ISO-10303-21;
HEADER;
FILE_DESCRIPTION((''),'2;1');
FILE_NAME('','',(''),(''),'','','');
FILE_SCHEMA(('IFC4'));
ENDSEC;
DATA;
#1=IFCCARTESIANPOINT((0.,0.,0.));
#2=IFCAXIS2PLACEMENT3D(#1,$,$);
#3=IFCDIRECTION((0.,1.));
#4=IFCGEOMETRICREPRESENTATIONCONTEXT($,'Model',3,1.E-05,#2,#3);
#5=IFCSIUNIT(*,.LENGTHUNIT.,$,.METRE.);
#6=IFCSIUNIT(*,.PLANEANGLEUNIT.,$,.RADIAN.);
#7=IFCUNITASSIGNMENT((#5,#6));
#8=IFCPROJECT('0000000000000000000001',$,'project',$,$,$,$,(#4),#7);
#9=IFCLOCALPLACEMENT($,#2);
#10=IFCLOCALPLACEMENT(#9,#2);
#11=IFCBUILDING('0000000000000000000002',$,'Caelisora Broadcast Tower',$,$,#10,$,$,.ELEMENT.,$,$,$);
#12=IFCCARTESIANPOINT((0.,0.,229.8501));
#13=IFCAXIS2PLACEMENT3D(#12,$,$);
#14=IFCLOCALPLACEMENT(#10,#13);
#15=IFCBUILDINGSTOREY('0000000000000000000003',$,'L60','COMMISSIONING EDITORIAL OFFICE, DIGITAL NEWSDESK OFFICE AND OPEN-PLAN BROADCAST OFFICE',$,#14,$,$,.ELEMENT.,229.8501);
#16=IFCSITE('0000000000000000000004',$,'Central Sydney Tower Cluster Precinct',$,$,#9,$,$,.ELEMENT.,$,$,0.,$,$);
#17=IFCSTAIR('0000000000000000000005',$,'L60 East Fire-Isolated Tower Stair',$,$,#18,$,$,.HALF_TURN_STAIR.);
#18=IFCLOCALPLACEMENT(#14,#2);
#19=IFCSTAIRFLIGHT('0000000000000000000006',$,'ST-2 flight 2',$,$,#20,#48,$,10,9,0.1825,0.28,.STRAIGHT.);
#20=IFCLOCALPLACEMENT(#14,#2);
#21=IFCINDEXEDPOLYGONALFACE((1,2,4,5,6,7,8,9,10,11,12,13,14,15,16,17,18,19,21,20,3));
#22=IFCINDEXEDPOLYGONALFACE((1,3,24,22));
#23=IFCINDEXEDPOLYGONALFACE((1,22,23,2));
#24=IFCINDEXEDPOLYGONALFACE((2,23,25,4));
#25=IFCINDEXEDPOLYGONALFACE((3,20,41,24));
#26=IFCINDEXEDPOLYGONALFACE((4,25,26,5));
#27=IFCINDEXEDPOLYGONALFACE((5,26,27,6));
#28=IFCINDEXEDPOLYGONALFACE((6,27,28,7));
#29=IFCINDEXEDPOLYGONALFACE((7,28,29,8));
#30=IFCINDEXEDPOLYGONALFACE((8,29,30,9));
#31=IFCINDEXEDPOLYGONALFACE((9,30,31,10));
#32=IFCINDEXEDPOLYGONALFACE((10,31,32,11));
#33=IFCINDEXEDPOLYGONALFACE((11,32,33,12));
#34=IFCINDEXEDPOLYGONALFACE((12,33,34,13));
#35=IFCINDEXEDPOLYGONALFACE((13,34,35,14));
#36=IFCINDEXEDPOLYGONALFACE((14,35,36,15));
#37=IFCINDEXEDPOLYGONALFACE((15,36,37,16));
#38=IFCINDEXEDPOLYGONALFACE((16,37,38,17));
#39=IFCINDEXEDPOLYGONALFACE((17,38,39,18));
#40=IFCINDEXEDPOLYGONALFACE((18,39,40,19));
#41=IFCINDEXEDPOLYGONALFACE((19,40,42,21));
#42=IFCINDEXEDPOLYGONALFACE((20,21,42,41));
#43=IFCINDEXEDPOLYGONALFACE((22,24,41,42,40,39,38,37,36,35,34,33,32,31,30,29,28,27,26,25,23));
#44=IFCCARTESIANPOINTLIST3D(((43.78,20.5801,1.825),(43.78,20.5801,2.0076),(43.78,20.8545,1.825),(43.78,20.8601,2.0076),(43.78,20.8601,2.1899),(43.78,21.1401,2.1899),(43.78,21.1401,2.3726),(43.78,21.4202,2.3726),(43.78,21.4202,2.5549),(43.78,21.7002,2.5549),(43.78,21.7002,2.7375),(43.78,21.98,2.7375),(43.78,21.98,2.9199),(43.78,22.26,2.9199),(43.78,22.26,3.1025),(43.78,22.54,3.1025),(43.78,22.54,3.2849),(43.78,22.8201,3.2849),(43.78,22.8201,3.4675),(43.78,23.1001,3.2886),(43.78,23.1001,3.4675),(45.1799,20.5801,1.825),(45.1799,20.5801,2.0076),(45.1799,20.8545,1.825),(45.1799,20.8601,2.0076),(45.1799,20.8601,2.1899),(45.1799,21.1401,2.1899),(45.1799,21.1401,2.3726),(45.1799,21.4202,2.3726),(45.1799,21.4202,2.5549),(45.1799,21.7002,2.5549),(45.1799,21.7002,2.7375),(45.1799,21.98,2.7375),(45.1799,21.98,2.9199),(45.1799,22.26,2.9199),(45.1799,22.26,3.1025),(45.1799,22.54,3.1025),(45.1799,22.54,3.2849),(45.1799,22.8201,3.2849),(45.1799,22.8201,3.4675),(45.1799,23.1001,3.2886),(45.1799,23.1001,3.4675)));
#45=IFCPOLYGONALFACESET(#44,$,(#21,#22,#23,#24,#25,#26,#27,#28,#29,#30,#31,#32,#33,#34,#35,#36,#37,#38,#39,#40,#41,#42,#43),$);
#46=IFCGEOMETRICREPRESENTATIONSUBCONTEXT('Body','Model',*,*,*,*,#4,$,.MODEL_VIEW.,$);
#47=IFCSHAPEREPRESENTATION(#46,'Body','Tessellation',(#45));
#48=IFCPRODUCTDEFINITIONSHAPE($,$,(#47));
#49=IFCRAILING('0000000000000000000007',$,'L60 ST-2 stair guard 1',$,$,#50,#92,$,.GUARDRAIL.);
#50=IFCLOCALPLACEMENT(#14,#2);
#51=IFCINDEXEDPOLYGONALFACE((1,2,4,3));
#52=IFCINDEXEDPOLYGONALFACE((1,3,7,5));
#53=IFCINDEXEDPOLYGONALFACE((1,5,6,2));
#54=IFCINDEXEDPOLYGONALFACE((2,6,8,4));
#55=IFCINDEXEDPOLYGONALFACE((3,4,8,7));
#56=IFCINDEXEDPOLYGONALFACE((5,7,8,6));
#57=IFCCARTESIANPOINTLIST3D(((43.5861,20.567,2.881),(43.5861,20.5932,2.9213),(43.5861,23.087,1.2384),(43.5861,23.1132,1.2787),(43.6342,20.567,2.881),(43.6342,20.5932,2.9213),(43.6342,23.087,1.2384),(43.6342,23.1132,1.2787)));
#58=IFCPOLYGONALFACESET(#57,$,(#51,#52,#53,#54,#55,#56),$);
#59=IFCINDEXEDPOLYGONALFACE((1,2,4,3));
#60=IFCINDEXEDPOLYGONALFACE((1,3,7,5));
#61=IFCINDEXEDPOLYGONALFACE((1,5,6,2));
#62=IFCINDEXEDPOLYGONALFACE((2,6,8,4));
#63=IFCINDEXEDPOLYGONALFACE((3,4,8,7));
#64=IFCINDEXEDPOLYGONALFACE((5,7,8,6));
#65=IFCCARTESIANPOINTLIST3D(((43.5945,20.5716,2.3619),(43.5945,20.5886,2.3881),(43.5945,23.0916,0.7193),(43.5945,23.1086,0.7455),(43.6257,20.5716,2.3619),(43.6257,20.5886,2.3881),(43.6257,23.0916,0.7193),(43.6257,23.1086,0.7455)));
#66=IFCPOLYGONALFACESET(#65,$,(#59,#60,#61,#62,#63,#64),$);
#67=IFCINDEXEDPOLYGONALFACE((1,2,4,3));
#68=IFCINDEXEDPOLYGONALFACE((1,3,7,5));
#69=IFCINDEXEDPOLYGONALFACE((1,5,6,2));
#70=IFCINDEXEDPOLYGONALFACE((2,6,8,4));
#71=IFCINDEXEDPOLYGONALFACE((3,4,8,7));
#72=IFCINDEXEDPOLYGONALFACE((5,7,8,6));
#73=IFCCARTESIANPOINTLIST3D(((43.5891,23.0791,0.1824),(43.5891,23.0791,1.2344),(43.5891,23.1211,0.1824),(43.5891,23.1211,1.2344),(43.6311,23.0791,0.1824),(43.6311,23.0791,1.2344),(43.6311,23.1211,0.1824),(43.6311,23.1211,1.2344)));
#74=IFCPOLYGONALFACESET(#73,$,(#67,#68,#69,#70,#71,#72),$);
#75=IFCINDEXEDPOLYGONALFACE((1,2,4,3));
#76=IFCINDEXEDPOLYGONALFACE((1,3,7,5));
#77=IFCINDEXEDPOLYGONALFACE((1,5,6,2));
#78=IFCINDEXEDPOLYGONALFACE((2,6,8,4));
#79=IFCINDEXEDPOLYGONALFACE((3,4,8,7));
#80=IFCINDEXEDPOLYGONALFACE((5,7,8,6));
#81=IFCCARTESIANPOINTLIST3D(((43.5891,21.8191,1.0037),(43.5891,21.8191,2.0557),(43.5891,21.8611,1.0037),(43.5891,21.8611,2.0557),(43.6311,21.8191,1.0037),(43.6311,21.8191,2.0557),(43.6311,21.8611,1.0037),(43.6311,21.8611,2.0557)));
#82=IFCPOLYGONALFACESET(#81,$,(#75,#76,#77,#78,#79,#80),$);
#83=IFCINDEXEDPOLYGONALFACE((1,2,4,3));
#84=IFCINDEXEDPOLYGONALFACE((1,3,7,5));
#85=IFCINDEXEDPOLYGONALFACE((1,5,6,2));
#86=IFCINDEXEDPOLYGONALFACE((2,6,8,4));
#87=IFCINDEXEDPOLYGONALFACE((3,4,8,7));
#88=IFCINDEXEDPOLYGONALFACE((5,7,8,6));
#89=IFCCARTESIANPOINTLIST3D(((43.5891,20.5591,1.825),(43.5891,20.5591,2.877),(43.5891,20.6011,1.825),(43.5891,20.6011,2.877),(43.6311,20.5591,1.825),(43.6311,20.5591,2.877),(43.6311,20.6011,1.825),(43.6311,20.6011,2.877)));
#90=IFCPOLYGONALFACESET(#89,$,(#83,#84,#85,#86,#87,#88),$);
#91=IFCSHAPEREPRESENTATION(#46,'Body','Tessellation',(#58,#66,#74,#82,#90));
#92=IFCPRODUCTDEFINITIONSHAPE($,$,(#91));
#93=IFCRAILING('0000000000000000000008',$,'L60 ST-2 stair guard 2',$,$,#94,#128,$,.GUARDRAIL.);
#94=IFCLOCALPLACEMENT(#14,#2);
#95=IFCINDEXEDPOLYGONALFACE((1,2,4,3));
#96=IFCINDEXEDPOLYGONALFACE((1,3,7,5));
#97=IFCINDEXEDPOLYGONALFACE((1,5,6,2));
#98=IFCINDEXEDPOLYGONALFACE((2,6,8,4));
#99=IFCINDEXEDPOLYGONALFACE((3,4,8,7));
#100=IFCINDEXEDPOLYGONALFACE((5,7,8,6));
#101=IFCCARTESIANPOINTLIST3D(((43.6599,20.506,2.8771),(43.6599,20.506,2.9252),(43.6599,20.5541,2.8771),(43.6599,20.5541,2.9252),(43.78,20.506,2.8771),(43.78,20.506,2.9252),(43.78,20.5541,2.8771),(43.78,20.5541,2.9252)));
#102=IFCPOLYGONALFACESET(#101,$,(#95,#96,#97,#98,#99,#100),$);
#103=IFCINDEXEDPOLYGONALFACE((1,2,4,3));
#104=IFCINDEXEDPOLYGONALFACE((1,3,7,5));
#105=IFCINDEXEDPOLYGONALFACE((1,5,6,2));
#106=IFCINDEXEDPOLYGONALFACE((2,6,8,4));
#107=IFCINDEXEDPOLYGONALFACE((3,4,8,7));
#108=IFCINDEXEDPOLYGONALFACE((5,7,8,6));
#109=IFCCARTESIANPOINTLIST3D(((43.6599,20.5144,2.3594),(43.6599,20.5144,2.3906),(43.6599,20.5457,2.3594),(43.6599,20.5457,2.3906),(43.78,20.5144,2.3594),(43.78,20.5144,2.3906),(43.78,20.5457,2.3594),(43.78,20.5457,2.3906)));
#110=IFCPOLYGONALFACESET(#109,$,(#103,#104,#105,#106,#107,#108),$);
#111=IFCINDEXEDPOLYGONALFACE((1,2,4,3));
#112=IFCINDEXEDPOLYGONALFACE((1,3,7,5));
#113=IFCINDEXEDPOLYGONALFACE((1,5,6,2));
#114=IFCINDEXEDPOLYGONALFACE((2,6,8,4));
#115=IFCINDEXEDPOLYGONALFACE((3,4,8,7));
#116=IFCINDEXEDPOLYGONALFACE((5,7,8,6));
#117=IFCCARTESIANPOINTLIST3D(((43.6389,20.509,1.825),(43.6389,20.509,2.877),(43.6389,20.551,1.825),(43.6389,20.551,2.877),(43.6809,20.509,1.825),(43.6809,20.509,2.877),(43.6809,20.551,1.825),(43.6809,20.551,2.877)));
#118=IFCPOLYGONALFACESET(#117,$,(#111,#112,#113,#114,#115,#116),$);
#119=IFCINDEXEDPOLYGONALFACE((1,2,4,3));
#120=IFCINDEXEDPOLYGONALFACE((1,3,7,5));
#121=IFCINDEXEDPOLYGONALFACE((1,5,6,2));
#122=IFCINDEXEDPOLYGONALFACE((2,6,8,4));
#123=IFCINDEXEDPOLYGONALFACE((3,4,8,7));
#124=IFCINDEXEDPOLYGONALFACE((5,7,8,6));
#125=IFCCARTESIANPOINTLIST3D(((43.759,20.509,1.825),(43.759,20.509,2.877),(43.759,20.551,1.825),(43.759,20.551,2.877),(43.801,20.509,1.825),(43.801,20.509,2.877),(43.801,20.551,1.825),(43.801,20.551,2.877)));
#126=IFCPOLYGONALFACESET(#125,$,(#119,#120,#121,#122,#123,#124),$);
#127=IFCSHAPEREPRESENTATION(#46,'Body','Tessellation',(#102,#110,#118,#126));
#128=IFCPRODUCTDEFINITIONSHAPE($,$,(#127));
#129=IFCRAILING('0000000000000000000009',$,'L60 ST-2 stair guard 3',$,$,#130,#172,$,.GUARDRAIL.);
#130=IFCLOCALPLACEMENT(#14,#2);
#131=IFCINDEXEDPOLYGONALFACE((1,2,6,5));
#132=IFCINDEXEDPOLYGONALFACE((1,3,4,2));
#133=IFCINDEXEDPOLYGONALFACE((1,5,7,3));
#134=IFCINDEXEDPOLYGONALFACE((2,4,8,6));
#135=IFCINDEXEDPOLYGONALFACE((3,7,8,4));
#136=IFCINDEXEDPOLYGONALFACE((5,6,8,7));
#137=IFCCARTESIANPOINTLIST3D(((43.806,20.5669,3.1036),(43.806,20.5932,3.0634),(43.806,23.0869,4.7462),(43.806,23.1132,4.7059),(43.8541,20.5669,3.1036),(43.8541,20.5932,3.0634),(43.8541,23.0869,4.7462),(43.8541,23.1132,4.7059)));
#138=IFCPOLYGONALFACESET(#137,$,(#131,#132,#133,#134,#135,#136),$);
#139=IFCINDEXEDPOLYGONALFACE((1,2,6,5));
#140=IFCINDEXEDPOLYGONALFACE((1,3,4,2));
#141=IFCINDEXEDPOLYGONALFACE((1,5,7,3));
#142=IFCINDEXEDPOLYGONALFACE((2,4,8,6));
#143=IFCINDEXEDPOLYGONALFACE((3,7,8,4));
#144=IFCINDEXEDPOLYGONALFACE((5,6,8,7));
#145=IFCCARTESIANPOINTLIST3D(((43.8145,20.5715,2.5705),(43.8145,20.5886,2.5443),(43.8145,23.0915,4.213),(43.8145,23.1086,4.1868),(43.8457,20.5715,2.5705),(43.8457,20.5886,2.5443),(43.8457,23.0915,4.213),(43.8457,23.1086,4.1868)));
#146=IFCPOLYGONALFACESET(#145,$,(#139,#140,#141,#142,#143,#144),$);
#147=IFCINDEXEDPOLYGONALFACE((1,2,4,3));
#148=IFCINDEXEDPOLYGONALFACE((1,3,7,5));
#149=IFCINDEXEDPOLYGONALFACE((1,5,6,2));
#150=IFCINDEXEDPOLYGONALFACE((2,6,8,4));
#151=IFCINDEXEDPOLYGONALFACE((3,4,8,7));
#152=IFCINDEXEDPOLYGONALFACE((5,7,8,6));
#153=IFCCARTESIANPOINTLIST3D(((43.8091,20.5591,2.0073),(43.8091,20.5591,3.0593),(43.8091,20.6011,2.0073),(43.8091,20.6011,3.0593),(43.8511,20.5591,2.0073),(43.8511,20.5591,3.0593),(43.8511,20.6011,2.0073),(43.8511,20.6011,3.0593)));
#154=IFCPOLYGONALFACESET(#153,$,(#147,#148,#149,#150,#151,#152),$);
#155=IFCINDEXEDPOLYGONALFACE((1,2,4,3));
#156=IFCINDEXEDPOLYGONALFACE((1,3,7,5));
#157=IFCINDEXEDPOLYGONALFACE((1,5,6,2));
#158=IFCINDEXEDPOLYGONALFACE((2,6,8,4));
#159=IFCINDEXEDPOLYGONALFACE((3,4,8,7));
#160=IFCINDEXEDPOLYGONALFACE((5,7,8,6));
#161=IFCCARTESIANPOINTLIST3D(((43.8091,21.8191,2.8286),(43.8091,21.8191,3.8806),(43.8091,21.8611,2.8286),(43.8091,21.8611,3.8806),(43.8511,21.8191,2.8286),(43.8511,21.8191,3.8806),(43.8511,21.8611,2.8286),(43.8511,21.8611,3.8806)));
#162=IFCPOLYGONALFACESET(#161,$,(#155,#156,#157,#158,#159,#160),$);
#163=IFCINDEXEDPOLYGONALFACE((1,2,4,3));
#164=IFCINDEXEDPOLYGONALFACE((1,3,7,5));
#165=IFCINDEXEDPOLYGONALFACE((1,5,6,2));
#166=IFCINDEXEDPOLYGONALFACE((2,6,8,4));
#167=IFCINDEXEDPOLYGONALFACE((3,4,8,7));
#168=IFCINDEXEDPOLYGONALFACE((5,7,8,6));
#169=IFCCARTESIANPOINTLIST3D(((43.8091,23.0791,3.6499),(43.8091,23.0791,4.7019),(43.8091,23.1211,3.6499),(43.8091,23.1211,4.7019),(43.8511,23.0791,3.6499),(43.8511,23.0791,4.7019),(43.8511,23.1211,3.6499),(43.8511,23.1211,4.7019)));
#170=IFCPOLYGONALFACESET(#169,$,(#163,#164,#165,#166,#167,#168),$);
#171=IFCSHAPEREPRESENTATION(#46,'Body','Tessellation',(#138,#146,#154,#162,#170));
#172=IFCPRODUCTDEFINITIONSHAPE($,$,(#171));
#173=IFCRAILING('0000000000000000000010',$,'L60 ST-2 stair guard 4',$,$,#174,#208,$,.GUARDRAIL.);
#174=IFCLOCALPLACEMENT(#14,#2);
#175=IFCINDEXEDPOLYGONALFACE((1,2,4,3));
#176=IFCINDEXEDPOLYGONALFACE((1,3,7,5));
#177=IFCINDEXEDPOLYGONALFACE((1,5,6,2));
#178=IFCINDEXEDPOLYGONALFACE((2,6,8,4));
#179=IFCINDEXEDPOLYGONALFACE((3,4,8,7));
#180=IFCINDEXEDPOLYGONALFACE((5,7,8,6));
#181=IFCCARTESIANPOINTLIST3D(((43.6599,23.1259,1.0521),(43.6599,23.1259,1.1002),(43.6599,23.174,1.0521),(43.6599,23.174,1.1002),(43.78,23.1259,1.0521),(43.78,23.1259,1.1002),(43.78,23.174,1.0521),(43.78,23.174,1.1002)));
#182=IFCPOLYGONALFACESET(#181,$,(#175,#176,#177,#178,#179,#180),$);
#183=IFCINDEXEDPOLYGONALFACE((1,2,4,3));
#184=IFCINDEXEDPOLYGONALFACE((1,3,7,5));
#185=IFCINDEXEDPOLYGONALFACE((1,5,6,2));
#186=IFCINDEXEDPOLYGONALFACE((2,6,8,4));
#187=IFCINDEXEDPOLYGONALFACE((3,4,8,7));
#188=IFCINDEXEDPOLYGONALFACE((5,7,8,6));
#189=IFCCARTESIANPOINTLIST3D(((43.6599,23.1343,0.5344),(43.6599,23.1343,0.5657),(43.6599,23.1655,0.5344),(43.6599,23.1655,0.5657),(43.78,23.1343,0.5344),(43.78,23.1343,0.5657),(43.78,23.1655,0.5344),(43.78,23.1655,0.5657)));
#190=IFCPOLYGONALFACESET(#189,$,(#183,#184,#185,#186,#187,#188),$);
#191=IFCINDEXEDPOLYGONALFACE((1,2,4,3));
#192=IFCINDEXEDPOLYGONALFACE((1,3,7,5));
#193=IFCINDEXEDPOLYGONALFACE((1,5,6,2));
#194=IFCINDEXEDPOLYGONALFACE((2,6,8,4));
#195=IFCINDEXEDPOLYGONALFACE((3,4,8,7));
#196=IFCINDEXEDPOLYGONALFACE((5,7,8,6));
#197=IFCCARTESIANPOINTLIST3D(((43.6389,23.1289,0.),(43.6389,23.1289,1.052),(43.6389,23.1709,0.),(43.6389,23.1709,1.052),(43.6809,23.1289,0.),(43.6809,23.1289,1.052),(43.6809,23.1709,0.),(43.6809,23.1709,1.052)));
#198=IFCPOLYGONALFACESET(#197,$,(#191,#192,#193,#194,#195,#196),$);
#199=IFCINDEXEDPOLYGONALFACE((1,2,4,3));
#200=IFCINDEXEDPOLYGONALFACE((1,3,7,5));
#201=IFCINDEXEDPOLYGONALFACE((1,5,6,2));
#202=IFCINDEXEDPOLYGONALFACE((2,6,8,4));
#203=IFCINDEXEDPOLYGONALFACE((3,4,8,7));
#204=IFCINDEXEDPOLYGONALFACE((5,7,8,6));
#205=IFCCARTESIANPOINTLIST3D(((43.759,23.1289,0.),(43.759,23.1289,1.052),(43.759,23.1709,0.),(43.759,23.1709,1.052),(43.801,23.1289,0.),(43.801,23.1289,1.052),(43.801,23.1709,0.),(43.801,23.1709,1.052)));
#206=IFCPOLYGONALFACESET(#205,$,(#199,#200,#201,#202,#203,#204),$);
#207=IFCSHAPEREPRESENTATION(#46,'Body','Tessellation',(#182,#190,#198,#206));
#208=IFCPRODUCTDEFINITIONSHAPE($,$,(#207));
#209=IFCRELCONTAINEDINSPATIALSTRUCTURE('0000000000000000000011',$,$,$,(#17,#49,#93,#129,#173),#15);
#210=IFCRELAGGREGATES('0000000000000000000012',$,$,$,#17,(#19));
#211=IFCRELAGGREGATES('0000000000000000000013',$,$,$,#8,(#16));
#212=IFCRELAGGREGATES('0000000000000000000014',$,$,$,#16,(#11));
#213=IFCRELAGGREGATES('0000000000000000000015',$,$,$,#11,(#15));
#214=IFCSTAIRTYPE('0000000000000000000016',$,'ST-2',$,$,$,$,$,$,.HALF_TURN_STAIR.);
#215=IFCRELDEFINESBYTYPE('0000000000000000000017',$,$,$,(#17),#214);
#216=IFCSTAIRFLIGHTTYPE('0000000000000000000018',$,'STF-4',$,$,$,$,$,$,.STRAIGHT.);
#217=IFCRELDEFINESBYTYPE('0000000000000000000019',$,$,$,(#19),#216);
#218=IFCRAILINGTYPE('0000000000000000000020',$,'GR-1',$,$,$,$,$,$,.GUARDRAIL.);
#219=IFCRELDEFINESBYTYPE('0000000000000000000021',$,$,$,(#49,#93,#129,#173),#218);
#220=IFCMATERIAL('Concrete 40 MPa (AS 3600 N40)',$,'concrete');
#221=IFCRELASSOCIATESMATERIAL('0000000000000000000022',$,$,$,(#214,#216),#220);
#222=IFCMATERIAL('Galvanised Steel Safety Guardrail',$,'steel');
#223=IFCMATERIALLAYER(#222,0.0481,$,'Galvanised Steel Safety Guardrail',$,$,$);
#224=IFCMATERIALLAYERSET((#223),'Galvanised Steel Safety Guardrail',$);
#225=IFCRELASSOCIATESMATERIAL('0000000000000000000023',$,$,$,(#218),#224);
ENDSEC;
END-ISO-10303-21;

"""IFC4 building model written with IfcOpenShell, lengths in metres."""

from ifc_helpers import new_model, si_unit, direction, frame, origin, origin_2d, place, context, subcontext, project, spatial, polyline, rectangle, outline, extrude, material, layer, layer_set, type_object, element, aggregate, save


model = new_model("IFC4")

# Units and contexts
model_context = context("Model", 3, precision=1e-05, world=origin(), true_north=direction((0.0, 1.0)))
body_context = subcontext(model_context, "Body", "Model", "MODEL_VIEW")
ifc_project = project(units=[si_unit("LENGTHUNIT", "METRE"), si_unit("PLANEANGLEUNIT", "RADIAN")], contexts=[model_context])

# Site, building, storey
site_placement = place(None, origin())
site = spatial("IfcSite", under=ifc_project, at=site_placement, Name="Central Sydney Tower Cluster Precinct", CompositionType="ELEMENT", RefElevation=0.0)
building_placement = place(site_placement, origin())
building = spatial("IfcBuilding", under=site, at=building_placement, Name="Caelisora Broadcast Tower", CompositionType="ELEMENT")
storey_placement = place(building_placement, frame((0.0, 0.0, 229.8501)))
storey = spatial("IfcBuildingStorey", under=building, at=storey_placement, Name="L60", Description="COMMISSIONING EDITORIAL OFFICE, DIGITAL NEWSDESK OFFICE AND OPEN-PLAN BROADCAST OFFICE", CompositionType="ELEMENT", Elevation=229.8501)

# Shared definitions
ifc_material_1 = material(Name="Concrete 40 MPa (AS 3600 N40)", Category="concrete")

# Stair, stair flight
stair_type = type_object("IfcStairType", Name="ST-2", PredefinedType="HALF_TURN_STAIR", material=ifc_material_1)
stair_placement = place(storey_placement, origin())
stair = element("IfcStair", 1, at=stair_placement, inside=storey, type_object=stair_type, Name="L60 East Fire-Isolated Tower Stair", PredefinedType="HALF_TURN_STAIR")
stair_flight_type = type_object("IfcStairFlightType", Name="STF-4", PredefinedType="STRAIGHT", material=ifc_material_1)
stair_flight_1_placement = place(storey_placement, frame((44.48, 20.5801, 1.825), z_axis=(0.0, 0.0, 1.0), x_axis=(0.0, 1.0, 0.0)))
stair_flight_1 = element("IfcStairFlight", 2, at=stair_flight_1_placement, type_object=stair_flight_type, Name="ST-2 flight 2", NumberOfRisers=10, NumberOfTreads=9, PredefinedType="STRAIGHT", RiserHeight=0.1825, TreadLength=0.28, context=body_context, shape_type="SweptSolid", body=[
    extrude(outline(polyline([(0.0, 0.0), (0.0, 0.1826), (0.28, 0.1826), (0.28, 0.365), (0.5601, 0.365), (0.5601, 0.5476), (0.8401, 0.5476), (0.8401, 0.73), (1.1201, 0.73), (1.1201, 0.9126), (1.3999, 0.9126), (1.3999, 1.095), (1.6799, 1.095), (1.6799, 1.2776), (1.96, 1.2776), (1.96, 1.46), (2.24, 1.46), (2.24, 1.6426), (2.52, 1.6426), (2.52, 1.825), (2.52, 1.4636), (0.2744, 0.0), (0.0, 0.0)])), frame((0.0, 0.7, 0.0), z_axis=(0.0, -1.0, 0.0), x_axis=(1.0, 0.0, 0.0)), (0.0, 0.0, 1.0), 1.3999),
])
aggregate(stair, [stair_flight_1])

# Railings
ifc_material_2 = material(Name="Galvanised Steel Safety Guardrail", Category="steel")
ifc_layer_1 = layer(ifc_material_2, 0.0481, Name="Galvanised Steel Safety Guardrail")
ifc_layer_set_1 = layer_set([ifc_layer_1], Name="Galvanised Steel Safety Guardrail")
railing_type_1 = type_object("IfcRailingType", Name="GR-1", PredefinedType="GUARDRAIL", material=ifc_layer_set_1)
railing_1_placement = place(storey_placement, frame((43.6101, 23.1001, 0.1824)))
element("IfcRailing", 3, at=railing_1_placement, inside=storey, type_object=railing_type_1, Name="L60 ST-2 stair guard 1", PredefinedType="GUARDRAIL", context=body_context, shape_type="SweptSolid", body=[
    extrude(rectangle(XDim=0.0481, YDim=0.0481, at=origin_2d()), frame((0.0, 0.0, 1.0762), z_axis=(0.0, -0.837749, 0.546055), x_axis=(1.0, 0.0, 0.0)), (0.0, 0.0, 1.0), 3.0081),
    extrude(rectangle(XDim=0.0312, YDim=0.0312, at=origin_2d()), frame((0.0, 0.0, 0.55), z_axis=(0.0, -0.837749, 0.546055), x_axis=(1.0, 0.0, 0.0)), (0.0, 0.0, 1.0), 3.0081),
    extrude(rectangle(XDim=0.042, YDim=0.042, at=origin_2d()), origin(), (0.0, 0.0, 1.0), 1.052),
    extrude(rectangle(XDim=0.042, YDim=0.042, at=origin_2d()), frame((0.0, -1.26, 0.8213)), (0.0, 0.0, 1.0), 1.052),
    extrude(rectangle(XDim=0.042, YDim=0.042, at=origin_2d()), frame((0.0, -2.52, 1.6426)), (0.0, 0.0, 1.0), 1.052),
])
railing_2_placement = place(storey_placement, frame((43.6599, 20.53, 1.825)))
element("IfcRailing", 4, at=railing_2_placement, inside=storey, type_object=railing_type_1, Name="L60 ST-2 stair guard 2", PredefinedType="GUARDRAIL", context=body_context, shape_type="SweptSolid", body=[
    extrude(rectangle(XDim=0.0481, YDim=0.0481, at=origin_2d()), frame((0.0, 0.0, 1.0762), z_axis=(1.0, 0.0, 0.0), x_axis=(0.0, 1.0, 0.0)), (0.0, 0.0, 1.0), 0.1201),
    extrude(rectangle(XDim=0.0312, YDim=0.0312, at=origin_2d()), frame((0.0, 0.0, 0.55), z_axis=(1.0, 0.0, 0.0), x_axis=(0.0, 1.0, 0.0)), (0.0, 0.0, 1.0), 0.1201),
    extrude(rectangle(XDim=0.042, YDim=0.042, at=origin_2d()), origin(), (0.0, 0.0, 1.0), 1.052),
    extrude(rectangle(XDim=0.042, YDim=0.042, at=origin_2d()), frame((0.1201, 0.0, 0.0)), (0.0, 0.0, 1.0), 1.052),
])
railing_3_placement = place(storey_placement, frame((43.8301, 20.5801, 2.0073)))
element("IfcRailing", 5, at=railing_3_placement, inside=storey, type_object=railing_type_1, Name="L60 ST-2 stair guard 3", PredefinedType="GUARDRAIL", context=body_context, shape_type="SweptSolid", body=[
    extrude(rectangle(XDim=0.0481, YDim=0.0481, at=origin_2d()), frame((0.0, 0.0, 1.0762), z_axis=(0.0, 0.837749, 0.546055), x_axis=(-1.0, 0.0, 0.0)), (0.0, 0.0, 1.0), 3.0081),
    extrude(rectangle(XDim=0.0312, YDim=0.0312, at=origin_2d()), frame((0.0, 0.0, 0.55), z_axis=(0.0, 0.837749, 0.546055), x_axis=(-1.0, 0.0, 0.0)), (0.0, 0.0, 1.0), 3.0081),
    extrude(rectangle(XDim=0.042, YDim=0.042, at=origin_2d()), origin(), (0.0, 0.0, 1.0), 1.052),
    extrude(rectangle(XDim=0.042, YDim=0.042, at=origin_2d()), frame((0.0, 1.26, 0.8213)), (0.0, 0.0, 1.0), 1.052),
    extrude(rectangle(XDim=0.042, YDim=0.042, at=origin_2d()), frame((0.0, 2.52, 1.6426)), (0.0, 0.0, 1.0), 1.052),
])
railing_4_placement = place(storey_placement, frame((43.6599, 23.1499, 0.0)))
element("IfcRailing", 6, at=railing_4_placement, inside=storey, type_object=railing_type_1, Name="L60 ST-2 stair guard 4", PredefinedType="GUARDRAIL", context=body_context, shape_type="SweptSolid", body=[
    extrude(rectangle(XDim=0.0481, YDim=0.0481, at=origin_2d()), frame((0.0, 0.0, 1.0762), z_axis=(1.0, 0.0, 0.0), x_axis=(0.0, 1.0, 0.0)), (0.0, 0.0, 1.0), 0.1201),
    extrude(rectangle(XDim=0.0312, YDim=0.0312, at=origin_2d()), frame((0.0, 0.0, 0.55), z_axis=(1.0, 0.0, 0.0), x_axis=(0.0, 1.0, 0.0)), (0.0, 0.0, 1.0), 0.1201),
    extrude(rectangle(XDim=0.042, YDim=0.042, at=origin_2d()), origin(), (0.0, 0.0, 1.0), 1.052),
    extrude(rectangle(XDim=0.042, YDim=0.042, at=origin_2d()), frame((0.1201, 0.0, 0.0)), (0.0, 0.0, 1.0), 1.052),
])

save(model, "model.ifc")
